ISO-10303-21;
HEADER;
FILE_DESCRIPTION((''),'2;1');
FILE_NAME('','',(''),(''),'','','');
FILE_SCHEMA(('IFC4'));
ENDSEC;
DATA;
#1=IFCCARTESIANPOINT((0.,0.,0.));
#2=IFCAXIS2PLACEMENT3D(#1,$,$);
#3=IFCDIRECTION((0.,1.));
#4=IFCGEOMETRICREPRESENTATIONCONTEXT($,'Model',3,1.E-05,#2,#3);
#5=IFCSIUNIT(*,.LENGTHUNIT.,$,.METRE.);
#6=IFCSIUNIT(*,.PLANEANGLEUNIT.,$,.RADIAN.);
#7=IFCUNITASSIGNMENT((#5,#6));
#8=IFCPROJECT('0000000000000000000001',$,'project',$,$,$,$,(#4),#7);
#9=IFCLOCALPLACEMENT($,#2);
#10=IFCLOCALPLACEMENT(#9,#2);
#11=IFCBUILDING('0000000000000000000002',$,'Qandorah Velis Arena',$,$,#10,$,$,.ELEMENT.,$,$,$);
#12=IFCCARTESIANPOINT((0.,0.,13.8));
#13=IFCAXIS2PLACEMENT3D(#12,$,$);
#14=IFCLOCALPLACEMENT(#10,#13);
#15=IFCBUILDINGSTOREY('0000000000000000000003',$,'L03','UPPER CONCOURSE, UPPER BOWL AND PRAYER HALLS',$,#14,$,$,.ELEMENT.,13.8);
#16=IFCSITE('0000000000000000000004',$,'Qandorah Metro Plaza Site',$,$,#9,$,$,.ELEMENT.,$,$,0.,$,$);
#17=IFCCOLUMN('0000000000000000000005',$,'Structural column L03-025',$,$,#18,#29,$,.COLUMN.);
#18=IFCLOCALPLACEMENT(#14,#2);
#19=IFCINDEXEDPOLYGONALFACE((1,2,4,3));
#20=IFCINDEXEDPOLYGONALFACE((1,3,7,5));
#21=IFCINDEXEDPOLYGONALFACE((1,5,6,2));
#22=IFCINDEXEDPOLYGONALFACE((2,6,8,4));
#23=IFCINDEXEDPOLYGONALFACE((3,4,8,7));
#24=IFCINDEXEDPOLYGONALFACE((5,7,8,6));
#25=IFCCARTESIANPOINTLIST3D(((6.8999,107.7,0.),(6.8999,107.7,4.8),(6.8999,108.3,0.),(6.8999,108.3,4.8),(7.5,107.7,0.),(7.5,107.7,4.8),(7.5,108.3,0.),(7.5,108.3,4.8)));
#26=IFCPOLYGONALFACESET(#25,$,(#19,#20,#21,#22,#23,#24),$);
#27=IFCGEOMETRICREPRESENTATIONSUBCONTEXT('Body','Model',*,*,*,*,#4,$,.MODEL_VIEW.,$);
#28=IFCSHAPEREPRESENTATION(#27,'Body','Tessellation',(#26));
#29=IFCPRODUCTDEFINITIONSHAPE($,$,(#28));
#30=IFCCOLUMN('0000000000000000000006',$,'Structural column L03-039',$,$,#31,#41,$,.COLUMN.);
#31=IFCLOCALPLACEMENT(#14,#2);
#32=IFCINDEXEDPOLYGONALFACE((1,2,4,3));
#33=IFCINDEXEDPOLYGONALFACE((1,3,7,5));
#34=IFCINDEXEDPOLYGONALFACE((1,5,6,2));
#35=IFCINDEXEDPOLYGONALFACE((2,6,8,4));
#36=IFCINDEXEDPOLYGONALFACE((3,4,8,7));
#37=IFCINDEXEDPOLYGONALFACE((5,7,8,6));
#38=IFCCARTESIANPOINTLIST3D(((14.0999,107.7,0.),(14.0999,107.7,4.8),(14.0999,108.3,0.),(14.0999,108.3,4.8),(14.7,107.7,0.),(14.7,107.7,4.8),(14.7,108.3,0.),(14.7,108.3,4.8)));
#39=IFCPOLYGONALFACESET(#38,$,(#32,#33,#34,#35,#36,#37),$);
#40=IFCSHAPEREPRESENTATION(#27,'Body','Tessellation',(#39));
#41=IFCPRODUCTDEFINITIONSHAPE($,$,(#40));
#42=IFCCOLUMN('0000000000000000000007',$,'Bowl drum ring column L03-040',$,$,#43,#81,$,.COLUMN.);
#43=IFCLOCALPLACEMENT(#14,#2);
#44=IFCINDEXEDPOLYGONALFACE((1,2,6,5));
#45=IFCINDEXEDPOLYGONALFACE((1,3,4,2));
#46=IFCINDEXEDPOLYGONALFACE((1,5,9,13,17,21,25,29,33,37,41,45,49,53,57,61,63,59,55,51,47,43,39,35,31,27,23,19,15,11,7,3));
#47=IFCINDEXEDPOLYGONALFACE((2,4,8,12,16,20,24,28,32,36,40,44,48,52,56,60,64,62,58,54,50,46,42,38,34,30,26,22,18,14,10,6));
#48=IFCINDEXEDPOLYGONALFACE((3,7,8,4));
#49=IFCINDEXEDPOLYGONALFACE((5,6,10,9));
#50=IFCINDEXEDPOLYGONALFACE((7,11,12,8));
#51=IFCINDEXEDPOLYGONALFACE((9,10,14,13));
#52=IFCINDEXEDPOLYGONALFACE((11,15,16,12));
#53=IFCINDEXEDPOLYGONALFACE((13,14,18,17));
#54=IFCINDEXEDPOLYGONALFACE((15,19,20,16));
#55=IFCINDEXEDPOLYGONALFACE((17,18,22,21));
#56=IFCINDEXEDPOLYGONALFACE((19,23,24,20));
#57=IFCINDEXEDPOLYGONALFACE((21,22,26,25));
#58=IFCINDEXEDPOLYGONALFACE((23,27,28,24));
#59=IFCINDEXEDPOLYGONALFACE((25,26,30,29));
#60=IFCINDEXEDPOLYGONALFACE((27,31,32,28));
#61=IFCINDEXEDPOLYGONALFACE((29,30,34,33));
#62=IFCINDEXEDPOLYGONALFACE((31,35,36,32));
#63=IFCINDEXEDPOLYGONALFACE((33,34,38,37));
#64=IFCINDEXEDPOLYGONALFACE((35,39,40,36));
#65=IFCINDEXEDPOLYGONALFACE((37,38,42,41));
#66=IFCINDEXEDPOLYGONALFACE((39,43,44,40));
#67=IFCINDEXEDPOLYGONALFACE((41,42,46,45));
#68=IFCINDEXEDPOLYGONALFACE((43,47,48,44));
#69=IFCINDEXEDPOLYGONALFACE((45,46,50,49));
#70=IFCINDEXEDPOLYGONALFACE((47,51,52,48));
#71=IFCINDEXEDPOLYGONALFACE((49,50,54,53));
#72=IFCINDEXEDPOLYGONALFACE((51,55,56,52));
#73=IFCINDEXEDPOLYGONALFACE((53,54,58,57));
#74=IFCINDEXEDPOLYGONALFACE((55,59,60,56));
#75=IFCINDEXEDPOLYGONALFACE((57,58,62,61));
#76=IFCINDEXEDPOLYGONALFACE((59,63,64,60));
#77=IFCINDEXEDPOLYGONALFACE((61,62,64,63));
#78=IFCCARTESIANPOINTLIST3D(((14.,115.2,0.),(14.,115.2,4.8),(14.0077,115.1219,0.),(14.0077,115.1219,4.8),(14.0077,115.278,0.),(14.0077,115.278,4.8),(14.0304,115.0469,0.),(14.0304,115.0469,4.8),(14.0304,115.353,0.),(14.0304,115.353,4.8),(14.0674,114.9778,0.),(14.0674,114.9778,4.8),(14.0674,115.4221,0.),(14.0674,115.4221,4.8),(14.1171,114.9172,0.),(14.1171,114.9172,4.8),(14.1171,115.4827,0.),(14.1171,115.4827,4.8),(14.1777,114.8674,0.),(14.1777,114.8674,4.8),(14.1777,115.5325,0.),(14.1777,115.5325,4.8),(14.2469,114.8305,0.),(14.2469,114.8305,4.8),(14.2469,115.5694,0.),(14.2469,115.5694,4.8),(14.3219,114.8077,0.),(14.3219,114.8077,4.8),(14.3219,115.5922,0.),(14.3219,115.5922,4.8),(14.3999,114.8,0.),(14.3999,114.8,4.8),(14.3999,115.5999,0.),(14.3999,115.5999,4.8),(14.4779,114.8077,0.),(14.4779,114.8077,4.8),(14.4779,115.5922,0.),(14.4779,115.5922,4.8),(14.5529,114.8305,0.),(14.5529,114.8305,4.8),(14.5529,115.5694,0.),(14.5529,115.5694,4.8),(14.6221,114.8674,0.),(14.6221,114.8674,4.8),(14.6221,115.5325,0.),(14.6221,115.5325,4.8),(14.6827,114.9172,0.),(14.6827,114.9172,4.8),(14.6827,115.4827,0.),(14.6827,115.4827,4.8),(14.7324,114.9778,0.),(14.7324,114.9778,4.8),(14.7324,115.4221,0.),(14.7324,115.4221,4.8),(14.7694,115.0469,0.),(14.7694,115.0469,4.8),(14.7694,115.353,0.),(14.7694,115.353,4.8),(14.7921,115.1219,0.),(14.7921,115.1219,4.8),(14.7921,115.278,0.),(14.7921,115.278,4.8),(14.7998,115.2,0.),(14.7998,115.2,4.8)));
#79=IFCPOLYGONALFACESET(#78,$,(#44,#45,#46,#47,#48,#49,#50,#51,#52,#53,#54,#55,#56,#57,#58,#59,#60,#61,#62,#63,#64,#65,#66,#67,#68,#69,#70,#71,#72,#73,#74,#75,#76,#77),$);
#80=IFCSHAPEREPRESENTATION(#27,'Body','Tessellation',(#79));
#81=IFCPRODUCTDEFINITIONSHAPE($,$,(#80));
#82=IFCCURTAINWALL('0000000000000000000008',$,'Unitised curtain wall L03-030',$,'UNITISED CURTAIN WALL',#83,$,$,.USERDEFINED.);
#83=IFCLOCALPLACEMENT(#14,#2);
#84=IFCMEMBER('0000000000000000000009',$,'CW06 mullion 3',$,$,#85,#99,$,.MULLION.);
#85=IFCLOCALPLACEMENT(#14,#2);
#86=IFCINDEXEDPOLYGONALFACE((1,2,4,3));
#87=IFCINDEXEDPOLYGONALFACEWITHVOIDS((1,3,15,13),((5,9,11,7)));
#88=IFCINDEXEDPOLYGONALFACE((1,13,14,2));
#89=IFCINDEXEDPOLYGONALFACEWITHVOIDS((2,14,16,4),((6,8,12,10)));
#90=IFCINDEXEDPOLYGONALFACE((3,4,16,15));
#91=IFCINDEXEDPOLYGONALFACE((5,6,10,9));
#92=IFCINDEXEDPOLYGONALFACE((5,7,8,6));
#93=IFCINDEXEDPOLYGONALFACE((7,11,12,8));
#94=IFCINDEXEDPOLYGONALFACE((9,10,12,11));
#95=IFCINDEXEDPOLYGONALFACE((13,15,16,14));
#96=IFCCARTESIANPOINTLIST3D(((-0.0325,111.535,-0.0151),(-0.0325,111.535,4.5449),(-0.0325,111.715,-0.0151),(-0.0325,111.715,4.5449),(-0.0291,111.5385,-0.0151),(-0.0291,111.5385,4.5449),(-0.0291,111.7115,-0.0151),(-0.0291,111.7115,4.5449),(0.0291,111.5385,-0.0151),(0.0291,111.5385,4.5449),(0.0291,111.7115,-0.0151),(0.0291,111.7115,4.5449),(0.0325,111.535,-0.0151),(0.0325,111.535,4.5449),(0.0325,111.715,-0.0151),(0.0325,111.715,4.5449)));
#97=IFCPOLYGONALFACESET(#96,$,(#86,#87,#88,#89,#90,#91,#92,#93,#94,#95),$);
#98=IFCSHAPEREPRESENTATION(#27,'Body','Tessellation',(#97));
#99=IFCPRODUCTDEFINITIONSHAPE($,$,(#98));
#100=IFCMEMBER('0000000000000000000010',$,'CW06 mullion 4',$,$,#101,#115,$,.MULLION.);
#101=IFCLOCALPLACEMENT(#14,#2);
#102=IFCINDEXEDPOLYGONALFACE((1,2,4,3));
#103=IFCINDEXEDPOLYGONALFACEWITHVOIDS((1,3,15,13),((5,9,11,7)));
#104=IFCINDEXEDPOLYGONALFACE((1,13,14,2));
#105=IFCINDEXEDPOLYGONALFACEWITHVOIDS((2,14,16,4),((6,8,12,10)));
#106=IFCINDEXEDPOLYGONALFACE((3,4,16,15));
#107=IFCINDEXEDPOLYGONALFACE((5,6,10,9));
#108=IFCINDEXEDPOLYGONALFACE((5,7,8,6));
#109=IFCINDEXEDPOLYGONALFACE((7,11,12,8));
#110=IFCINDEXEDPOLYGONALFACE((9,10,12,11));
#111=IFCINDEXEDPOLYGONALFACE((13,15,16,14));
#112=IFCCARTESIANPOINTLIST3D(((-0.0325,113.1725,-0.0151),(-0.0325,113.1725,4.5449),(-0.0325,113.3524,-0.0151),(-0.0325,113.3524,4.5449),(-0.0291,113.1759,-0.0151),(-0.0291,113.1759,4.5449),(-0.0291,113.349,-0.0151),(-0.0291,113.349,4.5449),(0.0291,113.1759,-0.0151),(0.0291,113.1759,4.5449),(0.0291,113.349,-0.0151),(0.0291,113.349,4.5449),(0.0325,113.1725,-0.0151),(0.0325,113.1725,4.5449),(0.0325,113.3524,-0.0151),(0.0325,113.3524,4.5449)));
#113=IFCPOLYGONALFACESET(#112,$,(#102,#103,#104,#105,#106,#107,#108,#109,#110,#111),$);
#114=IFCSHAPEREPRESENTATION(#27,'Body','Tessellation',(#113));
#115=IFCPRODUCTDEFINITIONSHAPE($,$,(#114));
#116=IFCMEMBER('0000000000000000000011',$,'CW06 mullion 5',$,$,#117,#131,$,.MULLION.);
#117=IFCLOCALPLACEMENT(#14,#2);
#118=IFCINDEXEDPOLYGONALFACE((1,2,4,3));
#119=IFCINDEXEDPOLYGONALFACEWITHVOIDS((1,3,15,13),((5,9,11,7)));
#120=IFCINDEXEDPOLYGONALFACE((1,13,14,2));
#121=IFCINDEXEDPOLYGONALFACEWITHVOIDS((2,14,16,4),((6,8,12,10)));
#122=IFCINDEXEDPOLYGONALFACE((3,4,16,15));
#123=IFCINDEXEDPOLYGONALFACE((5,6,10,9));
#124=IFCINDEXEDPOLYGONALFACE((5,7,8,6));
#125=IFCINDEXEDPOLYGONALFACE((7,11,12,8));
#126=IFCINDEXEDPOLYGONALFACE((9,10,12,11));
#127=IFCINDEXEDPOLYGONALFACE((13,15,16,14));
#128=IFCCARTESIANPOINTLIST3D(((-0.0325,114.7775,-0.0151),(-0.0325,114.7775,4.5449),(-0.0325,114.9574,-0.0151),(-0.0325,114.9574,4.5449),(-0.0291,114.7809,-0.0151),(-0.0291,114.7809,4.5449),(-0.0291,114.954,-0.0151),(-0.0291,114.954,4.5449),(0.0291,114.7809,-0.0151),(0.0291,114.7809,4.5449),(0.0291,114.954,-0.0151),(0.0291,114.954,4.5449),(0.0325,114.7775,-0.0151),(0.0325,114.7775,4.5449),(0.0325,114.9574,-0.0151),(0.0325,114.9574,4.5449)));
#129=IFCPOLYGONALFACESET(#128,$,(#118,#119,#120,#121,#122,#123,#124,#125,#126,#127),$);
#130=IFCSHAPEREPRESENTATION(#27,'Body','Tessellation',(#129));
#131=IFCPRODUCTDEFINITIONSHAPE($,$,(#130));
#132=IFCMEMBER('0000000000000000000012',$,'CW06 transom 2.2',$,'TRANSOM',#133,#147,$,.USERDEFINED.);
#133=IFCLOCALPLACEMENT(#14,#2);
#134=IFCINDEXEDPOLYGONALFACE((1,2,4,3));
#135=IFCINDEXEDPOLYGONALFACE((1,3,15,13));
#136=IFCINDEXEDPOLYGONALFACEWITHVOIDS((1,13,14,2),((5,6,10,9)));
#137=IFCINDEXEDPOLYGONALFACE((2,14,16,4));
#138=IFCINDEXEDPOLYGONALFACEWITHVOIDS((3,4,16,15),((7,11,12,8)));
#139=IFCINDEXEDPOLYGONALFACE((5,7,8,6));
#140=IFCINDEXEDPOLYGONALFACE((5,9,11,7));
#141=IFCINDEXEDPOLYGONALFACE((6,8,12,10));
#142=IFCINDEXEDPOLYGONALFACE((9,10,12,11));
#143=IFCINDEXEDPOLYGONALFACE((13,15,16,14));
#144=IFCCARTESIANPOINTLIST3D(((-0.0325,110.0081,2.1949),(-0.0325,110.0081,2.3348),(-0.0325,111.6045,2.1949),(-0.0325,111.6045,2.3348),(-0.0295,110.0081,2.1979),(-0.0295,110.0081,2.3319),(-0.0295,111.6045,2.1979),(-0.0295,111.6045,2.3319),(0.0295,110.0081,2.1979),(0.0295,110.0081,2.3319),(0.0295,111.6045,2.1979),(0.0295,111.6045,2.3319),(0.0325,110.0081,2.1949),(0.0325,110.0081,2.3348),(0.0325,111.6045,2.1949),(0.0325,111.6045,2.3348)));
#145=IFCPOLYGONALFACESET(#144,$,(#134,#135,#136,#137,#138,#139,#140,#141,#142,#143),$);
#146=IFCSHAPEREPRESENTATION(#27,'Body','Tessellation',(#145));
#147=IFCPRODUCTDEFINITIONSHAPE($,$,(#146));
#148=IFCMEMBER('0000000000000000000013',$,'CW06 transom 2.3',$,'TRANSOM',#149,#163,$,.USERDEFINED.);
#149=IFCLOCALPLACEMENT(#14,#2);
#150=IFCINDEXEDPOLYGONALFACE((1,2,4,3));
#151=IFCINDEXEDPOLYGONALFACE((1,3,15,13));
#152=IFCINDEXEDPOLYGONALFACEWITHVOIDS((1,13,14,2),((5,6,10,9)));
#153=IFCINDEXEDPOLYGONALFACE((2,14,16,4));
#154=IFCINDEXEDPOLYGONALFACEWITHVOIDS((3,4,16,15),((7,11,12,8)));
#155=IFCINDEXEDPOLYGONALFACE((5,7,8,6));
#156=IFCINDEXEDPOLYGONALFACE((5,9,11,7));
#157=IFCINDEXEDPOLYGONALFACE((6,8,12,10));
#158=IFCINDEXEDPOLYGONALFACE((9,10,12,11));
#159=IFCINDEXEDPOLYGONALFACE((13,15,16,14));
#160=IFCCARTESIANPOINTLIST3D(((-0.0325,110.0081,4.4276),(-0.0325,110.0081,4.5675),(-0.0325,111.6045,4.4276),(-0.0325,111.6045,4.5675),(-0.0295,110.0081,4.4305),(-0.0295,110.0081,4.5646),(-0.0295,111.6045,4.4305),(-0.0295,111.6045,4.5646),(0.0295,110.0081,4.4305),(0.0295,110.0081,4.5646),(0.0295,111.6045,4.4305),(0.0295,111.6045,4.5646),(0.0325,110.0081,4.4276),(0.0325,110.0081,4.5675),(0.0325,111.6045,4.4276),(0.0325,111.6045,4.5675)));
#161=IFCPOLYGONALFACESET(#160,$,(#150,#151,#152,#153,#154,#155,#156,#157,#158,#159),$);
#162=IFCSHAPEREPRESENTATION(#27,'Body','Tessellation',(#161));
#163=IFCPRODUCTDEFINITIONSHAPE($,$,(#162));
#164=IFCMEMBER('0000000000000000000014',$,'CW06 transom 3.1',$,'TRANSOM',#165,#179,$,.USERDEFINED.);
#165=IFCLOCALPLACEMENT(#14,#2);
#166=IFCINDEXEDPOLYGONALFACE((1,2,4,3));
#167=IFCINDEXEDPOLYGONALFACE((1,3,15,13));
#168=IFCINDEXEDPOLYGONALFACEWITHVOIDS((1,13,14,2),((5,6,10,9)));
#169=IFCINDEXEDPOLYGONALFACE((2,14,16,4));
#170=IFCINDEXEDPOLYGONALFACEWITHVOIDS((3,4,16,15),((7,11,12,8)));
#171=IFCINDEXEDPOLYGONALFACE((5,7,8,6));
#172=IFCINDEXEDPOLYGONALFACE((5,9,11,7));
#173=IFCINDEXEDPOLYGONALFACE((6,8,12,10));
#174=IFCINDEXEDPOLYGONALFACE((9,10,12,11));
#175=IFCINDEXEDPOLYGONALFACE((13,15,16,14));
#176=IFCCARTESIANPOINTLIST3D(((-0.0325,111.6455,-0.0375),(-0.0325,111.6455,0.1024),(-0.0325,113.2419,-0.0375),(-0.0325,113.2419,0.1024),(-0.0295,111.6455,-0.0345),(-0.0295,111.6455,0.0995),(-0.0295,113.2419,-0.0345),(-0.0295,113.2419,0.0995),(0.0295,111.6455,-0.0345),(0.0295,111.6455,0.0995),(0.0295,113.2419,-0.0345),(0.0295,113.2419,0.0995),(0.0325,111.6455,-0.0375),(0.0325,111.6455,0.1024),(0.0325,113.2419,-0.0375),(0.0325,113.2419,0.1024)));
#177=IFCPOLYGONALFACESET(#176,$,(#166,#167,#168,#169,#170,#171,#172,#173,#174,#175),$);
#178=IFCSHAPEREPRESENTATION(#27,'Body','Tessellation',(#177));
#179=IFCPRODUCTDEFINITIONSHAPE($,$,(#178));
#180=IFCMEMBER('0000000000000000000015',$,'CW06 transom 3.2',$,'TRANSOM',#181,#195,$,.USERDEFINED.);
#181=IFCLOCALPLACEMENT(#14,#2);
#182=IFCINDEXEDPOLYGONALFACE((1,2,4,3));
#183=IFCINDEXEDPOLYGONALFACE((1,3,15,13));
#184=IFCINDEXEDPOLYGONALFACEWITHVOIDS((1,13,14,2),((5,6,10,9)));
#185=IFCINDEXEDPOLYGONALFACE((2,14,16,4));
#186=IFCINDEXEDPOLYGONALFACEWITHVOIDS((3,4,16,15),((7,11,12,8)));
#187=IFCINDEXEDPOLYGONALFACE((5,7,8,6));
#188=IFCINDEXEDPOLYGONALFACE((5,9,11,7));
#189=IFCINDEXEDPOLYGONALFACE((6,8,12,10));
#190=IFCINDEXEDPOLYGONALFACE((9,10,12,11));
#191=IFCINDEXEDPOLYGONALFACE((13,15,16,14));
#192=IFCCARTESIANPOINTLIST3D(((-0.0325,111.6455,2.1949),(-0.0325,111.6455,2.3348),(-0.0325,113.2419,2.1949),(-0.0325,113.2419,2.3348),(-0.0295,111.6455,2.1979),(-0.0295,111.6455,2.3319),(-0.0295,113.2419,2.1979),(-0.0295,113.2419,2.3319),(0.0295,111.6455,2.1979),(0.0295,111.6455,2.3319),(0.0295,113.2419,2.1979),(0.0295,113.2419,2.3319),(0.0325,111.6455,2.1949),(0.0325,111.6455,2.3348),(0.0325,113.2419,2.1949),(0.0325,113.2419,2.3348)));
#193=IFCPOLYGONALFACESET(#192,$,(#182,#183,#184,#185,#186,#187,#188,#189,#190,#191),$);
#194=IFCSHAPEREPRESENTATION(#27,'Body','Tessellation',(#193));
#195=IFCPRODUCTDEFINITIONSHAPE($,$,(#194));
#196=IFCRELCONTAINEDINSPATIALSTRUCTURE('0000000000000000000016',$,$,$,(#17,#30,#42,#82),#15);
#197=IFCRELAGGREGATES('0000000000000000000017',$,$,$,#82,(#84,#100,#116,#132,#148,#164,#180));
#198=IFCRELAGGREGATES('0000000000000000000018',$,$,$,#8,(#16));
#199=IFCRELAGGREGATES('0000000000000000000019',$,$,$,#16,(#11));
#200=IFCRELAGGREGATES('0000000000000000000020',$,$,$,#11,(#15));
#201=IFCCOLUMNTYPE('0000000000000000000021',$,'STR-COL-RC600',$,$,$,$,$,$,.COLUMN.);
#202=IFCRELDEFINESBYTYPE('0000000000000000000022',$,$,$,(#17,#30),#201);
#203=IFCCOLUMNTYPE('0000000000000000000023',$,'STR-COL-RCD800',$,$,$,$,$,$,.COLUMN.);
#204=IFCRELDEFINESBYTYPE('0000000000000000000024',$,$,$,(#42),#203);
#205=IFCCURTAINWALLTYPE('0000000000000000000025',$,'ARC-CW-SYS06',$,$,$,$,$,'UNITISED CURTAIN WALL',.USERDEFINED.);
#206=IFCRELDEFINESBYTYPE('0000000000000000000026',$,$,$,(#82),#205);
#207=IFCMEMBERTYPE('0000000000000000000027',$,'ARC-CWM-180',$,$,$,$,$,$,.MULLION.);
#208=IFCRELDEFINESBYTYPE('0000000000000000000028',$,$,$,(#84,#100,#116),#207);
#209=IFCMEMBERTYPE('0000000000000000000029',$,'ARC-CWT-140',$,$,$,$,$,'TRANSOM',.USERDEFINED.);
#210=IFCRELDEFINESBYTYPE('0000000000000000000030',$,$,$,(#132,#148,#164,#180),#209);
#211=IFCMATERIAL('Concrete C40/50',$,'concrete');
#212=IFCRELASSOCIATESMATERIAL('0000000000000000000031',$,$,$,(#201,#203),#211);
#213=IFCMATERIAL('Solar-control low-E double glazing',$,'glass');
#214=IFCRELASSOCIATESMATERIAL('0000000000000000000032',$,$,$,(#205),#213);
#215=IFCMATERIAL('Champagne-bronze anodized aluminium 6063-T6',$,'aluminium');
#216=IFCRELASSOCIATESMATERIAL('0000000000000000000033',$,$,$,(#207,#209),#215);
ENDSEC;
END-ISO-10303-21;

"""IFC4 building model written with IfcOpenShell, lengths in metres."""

from ifc_helpers import new_model, si_unit, direction, frame, origin, origin_2d, place, context, subcontext, project, spatial, rectangle, hollow_rectangle, circle, extrude, material, material_profile, profile_set, type_object, element, aggregate, save


model = new_model("IFC4")

# Units and contexts
model_context = context("Model", 3, precision=1e-05, world=origin(), true_north=direction((0.0, 1.0)))
body_context = subcontext(model_context, "Body", "Model", "MODEL_VIEW")
ifc_project = project(units=[si_unit("LENGTHUNIT", "METRE"), si_unit("PLANEANGLEUNIT", "RADIAN")], contexts=[model_context])

# Site, building, storey
site_placement = place(None, origin())
site = spatial("IfcSite", under=ifc_project, at=site_placement, Name="Qandorah Metro Plaza Site", CompositionType="ELEMENT", RefElevation=0.0)
building_placement = place(site_placement, origin())
building = spatial("IfcBuilding", under=site, at=building_placement, Name="Qandorah Velis Arena", CompositionType="ELEMENT")
storey_placement = place(building_placement, frame((0.0, 0.0, 13.8)))
storey = spatial("IfcBuildingStorey", under=building, at=storey_placement, Name="L03", Description="UPPER CONCOURSE, UPPER BOWL AND PRAYER HALLS", CompositionType="ELEMENT", Elevation=13.8)

# Columns
ifc_material_1 = material(Name="Concrete C40/50", Category="concrete")
ifc_material_profile_1 = material_profile(ifc_material_1, rectangle(XDim=0.6001, YDim=0.6001, at=origin_2d()), Name="RC COL 600x600")
ifc_profile_set_1 = profile_set([ifc_material_profile_1], Name="Concrete C40/50")
column_type_1 = type_object("IfcColumnType", Name="STR-COL-RC600", PredefinedType="COLUMN", material=ifc_profile_set_1)
for number, where, z_axis, x_axis, name in (
    (1, (7.2, 108.0, 0.0), (0.0, 0.0, 1.0), (1.0, 0.0, 0.0), "Structural column L03-025"),
    (2, (14.3999, 108.0, 0.0), (0.0, 0.0, 1.0), (1.0, 0.0, 0.0), "Structural column L03-039"),
):
    element("IfcColumn", number, at=place(storey_placement, frame(where, z_axis=z_axis, x_axis=x_axis)), inside=storey, type_object=column_type_1, Name=name, PredefinedType="COLUMN", context=body_context, shape_type="SweptSolid", body=[
        extrude(rectangle(XDim=0.6001, YDim=0.6001, at=origin_2d()), origin(), (0.0, 0.0, 1.0), 4.8),
    ])
ifc_material_profile_2 = material_profile(ifc_material_1, circle(Radius=0.3999, at=origin_2d()), Name="RC D800")
ifc_profile_set_2 = profile_set([ifc_material_profile_2], Name="Concrete C40/50")
column_type_2 = type_object("IfcColumnType", Name="STR-COL-RCD800", PredefinedType="COLUMN", material=ifc_profile_set_2)
column_placement = place(storey_placement, frame((14.3999, 115.2, 0.0), z_axis=(0.0, 0.0, 1.0), x_axis=(1.0, 0.0, 0.0)))
element("IfcColumn", 3, at=column_placement, inside=storey, type_object=column_type_2, Name="Bowl drum ring column L03-040", PredefinedType="COLUMN", context=body_context, shape_type="SweptSolid", body=[
    extrude(circle(Radius=0.3999, at=origin_2d()), origin(), (0.0, 0.0, 1.0), 4.8),
])

# Curtain wall, members
ifc_material_2 = material(Name="Solar-control low-E double glazing", Category="glass")
curtain_wall_type = type_object("IfcCurtainWallType", Name="ARC-CW-SYS06", ElementType="UNITISED CURTAIN WALL", PredefinedType="USERDEFINED", material=ifc_material_2)
curtain_wall_placement = place(storey_placement, origin())
curtain_wall = element("IfcCurtainWall", 4, at=curtain_wall_placement, inside=storey, type_object=curtain_wall_type, Name="Unitised curtain wall L03-030", ObjectType="UNITISED CURTAIN WALL", PredefinedType="USERDEFINED")
ifc_material_3 = material(Name="Champagne-bronze anodized aluminium 6063-T6", Category="aluminium")
ifc_material_profile_3 = material_profile(ifc_material_3, hollow_rectangle(XDim=0.0649, YDim=0.1799, WallThickness=0.0034, at=origin_2d()), Name="ALU MULLION 65x180")
ifc_profile_set_3 = profile_set([ifc_material_profile_3], Name="Champagne-bronze anodized aluminium 6063-T6")
member_type_1 = type_object("IfcMemberType", Name="ARC-CWM-180", PredefinedType="MULLION", material=ifc_profile_set_3)
member_1_placement = place(storey_placement, frame((0.0, 111.625, -0.0151), z_axis=(0.0, 0.0, 1.0), x_axis=(-1.0, 0.0, 0.0)))
member_1 = element("IfcMember", 5, at=member_1_placement, type_object=member_type_1, Name="CW06 mullion 3", PredefinedType="MULLION", context=body_context, shape_type="SweptSolid", body=[
    extrude(hollow_rectangle(XDim=0.0649, YDim=0.1799, WallThickness=0.0034, at=origin_2d()), origin(), (0.0, 0.0, 1.0), 4.5601),
])
member_2_placement = place(storey_placement, frame((0.0, 113.2625, -0.0151), z_axis=(0.0, 0.0, 1.0), x_axis=(-1.0, 0.0, 0.0)))
member_2 = element("IfcMember", 6, at=member_2_placement, type_object=member_type_1, Name="CW06 mullion 4", PredefinedType="MULLION", context=body_context, shape_type="SweptSolid", body=[
    extrude(hollow_rectangle(XDim=0.0649, YDim=0.1799, WallThickness=0.0034, at=origin_2d()), origin(), (0.0, 0.0, 1.0), 4.5601),
])
member_3_placement = place(storey_placement, frame((0.0, 114.8674, -0.0151), z_axis=(0.0, 0.0, 1.0), x_axis=(-1.0, 0.0, 0.0)))
member_3 = element("IfcMember", 7, at=member_3_placement, type_object=member_type_1, Name="CW06 mullion 5", PredefinedType="MULLION", context=body_context, shape_type="SweptSolid", body=[
    extrude(hollow_rectangle(XDim=0.0649, YDim=0.1799, WallThickness=0.0034, at=origin_2d()), origin(), (0.0, 0.0, 1.0), 4.5601),
])
ifc_material_profile_4 = material_profile(ifc_material_3, hollow_rectangle(XDim=0.0649, YDim=0.1399, WallThickness=0.0029, at=origin_2d()), Name="ALU TRANSOM 65x140")
ifc_profile_set_4 = profile_set([ifc_material_profile_4], Name="Champagne-bronze anodized aluminium 6063-T6")
member_type_2 = type_object("IfcMemberType", Name="ARC-CWT-140", ElementType="TRANSOM", PredefinedType="USERDEFINED", material=ifc_profile_set_4)
member_4_placement = place(storey_placement, frame((0.0, 110.0081, 2.2649), z_axis=(0.0, 1.0, 0.0), x_axis=(-1.0, 0.0, 0.0)))
member_4 = element("IfcMember", 8, at=member_4_placement, type_object=member_type_2, Name="CW06 transom 2.2", ObjectType="TRANSOM", PredefinedType="USERDEFINED", context=body_context, shape_type="SweptSolid", body=[
    extrude(hollow_rectangle(XDim=0.0649, YDim=0.1399, WallThickness=0.0029, at=origin_2d()), origin(), (0.0, 0.0, 1.0), 1.5964),
])
member_5_placement = place(storey_placement, frame((0.0, 110.0081, 4.4976), z_axis=(0.0, 1.0, 0.0), x_axis=(-1.0, 0.0, 0.0)))
member_5 = element("IfcMember", 9, at=member_5_placement, type_object=member_type_2, Name="CW06 transom 2.3", ObjectType="TRANSOM", PredefinedType="USERDEFINED", context=body_context, shape_type="SweptSolid", body=[
    extrude(hollow_rectangle(XDim=0.0649, YDim=0.1399, WallThickness=0.0029, at=origin_2d()), origin(), (0.0, 0.0, 1.0), 1.5964),
])
member_6_placement = place(storey_placement, frame((0.0, 111.6455, 0.0325), z_axis=(0.0, 1.0, 0.0), x_axis=(-1.0, 0.0, 0.0)))
member_6 = element("IfcMember", 10, at=member_6_placement, type_object=member_type_2, Name="CW06 transom 3.1", ObjectType="TRANSOM", PredefinedType="USERDEFINED", context=body_context, shape_type="SweptSolid", body=[
    extrude(hollow_rectangle(XDim=0.0649, YDim=0.1399, WallThickness=0.0029, at=origin_2d()), origin(), (0.0, 0.0, 1.0), 1.5964),
])
member_7_placement = place(storey_placement, frame((0.0, 111.6455, 2.2649), z_axis=(0.0, 1.0, 0.0), x_axis=(-1.0, 0.0, 0.0)))
member_7 = element("IfcMember", 11, at=member_7_placement, type_object=member_type_2, Name="CW06 transom 3.2", ObjectType="TRANSOM", PredefinedType="USERDEFINED", context=body_context, shape_type="SweptSolid", body=[
    extrude(hollow_rectangle(XDim=0.0649, YDim=0.1399, WallThickness=0.0029, at=origin_2d()), origin(), (0.0, 0.0, 1.0), 1.5964),
])

aggregate(curtain_wall, [member_1, member_2, member_3, member_4, member_5, member_6, member_7])

save(model, "model.ifc")
